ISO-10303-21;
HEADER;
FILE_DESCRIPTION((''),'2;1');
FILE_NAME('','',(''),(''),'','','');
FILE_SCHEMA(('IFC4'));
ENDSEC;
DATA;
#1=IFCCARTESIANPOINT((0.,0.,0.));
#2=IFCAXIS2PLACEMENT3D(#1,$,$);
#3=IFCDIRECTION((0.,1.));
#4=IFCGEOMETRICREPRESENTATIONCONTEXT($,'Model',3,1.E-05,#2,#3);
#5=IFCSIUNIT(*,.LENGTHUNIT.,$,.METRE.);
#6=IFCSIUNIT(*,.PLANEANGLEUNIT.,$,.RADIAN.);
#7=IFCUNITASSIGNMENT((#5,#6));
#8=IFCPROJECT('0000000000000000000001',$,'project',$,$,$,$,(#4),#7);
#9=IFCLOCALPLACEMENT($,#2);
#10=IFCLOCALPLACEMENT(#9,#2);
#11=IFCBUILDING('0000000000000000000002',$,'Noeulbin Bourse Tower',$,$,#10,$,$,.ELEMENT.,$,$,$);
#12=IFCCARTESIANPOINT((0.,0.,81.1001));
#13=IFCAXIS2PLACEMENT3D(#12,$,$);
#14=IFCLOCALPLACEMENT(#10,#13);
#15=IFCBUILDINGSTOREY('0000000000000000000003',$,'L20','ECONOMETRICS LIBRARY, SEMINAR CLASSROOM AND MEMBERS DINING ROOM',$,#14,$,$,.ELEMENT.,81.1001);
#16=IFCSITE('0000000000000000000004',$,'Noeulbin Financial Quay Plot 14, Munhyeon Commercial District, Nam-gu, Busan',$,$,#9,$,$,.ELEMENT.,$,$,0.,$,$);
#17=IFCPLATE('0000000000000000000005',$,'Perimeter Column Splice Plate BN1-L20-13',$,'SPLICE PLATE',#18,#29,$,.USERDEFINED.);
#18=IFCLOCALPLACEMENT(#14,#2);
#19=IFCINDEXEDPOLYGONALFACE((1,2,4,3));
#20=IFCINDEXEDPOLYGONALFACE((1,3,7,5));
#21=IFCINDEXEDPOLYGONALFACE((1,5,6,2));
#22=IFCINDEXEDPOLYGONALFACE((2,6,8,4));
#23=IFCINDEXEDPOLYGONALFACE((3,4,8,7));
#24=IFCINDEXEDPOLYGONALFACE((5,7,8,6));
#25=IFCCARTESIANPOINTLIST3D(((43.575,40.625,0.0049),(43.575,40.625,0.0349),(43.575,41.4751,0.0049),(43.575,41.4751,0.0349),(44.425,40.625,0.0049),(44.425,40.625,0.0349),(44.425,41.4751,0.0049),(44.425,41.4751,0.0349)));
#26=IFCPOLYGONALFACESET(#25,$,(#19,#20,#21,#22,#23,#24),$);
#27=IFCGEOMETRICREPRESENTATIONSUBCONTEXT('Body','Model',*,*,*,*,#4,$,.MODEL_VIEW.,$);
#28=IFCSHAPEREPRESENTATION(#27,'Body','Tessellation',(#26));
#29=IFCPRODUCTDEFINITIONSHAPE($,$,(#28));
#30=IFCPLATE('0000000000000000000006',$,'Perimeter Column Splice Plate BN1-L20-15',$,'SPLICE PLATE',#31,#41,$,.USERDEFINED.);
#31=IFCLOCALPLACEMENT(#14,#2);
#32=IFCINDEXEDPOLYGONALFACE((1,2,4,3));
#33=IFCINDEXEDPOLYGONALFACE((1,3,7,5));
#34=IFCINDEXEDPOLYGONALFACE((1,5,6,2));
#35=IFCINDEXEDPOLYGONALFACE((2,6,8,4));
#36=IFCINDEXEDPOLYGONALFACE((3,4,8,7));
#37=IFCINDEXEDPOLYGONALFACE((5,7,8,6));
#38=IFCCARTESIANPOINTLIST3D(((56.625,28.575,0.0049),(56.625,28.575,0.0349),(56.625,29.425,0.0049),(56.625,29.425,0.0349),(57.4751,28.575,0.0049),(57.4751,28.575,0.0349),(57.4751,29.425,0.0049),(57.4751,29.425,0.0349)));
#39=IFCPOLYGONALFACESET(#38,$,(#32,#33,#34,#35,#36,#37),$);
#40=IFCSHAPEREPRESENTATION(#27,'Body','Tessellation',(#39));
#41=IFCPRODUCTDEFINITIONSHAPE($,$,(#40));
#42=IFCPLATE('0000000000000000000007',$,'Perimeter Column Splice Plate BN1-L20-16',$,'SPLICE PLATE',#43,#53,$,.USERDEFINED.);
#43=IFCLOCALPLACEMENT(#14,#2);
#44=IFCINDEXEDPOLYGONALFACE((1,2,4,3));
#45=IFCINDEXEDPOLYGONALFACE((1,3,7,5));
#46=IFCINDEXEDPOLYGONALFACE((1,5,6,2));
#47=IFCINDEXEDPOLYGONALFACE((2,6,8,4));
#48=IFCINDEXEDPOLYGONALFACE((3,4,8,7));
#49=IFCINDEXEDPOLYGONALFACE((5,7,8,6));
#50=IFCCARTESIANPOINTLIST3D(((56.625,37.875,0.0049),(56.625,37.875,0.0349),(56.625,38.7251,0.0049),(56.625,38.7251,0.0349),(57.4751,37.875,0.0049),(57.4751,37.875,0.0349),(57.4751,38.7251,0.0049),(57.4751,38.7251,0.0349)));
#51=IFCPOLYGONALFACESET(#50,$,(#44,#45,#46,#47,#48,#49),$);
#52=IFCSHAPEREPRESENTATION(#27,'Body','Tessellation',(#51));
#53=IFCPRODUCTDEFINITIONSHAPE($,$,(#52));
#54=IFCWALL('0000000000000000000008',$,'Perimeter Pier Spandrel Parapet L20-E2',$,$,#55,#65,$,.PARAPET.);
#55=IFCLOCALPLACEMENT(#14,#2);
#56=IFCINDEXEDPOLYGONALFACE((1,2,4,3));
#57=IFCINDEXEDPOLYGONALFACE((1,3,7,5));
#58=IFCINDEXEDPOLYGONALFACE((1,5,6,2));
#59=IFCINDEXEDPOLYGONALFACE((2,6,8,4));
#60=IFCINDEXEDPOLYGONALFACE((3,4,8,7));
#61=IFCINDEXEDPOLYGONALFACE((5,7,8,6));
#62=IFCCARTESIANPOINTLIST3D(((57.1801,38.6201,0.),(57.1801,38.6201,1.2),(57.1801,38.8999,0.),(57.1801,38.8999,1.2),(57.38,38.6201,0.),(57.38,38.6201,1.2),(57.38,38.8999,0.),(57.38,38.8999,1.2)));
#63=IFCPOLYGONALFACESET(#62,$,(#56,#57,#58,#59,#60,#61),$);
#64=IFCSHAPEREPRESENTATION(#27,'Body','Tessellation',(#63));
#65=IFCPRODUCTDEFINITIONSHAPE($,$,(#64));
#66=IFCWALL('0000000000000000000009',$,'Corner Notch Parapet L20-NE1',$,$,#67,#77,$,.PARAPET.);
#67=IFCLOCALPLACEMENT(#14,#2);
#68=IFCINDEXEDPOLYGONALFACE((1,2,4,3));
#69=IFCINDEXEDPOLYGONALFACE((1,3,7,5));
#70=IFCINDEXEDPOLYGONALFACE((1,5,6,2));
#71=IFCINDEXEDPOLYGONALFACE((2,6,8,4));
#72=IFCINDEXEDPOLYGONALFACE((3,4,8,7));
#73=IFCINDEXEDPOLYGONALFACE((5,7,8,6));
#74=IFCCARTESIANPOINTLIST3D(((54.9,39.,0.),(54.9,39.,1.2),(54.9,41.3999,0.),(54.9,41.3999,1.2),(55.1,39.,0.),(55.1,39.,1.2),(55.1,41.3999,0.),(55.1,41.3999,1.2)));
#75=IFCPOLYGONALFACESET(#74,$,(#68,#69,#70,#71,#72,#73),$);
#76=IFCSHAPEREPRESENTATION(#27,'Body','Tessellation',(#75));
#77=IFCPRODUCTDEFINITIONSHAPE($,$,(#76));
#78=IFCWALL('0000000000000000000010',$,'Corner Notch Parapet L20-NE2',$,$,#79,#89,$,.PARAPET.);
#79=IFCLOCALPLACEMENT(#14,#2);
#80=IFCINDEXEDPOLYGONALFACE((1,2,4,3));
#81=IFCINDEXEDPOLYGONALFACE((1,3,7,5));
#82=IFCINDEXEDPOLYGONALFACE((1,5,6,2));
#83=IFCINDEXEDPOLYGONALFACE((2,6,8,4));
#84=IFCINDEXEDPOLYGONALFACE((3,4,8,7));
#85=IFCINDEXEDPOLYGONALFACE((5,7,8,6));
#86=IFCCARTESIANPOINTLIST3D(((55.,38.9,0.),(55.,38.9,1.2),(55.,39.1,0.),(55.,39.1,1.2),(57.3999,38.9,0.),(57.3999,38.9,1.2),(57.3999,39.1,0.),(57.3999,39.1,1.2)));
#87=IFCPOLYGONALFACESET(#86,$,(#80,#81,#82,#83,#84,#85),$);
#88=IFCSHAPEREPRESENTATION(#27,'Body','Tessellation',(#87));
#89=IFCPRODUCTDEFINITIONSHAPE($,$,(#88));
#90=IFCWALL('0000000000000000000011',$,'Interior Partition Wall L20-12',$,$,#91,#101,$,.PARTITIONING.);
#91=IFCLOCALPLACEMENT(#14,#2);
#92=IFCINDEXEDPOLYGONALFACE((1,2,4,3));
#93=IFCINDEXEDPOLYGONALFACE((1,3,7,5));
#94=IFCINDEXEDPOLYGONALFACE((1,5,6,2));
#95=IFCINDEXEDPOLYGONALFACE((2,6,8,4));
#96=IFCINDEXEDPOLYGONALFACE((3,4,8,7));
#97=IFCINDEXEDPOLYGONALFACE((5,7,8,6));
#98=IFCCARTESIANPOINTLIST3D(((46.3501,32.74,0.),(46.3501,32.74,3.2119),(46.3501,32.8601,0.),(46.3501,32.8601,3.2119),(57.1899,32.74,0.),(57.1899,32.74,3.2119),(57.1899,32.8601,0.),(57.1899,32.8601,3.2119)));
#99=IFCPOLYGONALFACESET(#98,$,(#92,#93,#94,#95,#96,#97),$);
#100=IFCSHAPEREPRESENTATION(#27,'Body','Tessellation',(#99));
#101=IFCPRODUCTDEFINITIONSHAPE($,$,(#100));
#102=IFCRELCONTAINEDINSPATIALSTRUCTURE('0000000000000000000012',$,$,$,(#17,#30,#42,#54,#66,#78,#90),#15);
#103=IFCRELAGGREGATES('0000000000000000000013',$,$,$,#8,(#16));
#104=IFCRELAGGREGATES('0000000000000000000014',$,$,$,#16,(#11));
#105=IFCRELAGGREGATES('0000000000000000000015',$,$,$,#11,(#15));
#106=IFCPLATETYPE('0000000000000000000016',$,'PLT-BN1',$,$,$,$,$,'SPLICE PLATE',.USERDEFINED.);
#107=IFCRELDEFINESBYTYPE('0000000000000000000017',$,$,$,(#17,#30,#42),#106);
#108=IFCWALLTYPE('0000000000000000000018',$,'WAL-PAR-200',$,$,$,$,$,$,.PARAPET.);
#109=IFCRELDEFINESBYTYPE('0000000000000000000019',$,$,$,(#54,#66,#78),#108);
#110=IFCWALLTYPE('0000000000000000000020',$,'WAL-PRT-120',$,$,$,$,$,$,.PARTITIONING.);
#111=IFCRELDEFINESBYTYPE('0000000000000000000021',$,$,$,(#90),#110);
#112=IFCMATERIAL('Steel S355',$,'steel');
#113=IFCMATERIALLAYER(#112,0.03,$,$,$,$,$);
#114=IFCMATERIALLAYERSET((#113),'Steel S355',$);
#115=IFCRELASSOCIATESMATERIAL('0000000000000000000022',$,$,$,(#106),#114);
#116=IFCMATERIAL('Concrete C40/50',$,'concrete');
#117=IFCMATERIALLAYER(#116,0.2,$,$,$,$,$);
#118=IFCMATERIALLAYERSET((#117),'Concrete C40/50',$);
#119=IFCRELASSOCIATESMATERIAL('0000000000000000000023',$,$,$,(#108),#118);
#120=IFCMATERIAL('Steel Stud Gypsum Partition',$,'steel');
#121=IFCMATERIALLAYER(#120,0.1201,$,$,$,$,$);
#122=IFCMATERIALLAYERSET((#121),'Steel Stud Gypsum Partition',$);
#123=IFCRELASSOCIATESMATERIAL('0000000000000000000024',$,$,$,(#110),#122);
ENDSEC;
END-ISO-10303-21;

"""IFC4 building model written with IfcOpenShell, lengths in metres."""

from ifc_helpers import new_model, si_unit, direction, frame, frame_2d, origin, origin_2d, place, context, subcontext, project, spatial, rectangle, extrude, material, layer, layer_set, type_object, element, save


model = new_model("IFC4")

# Units and contexts
model_context = context("Model", 3, precision=1e-05, world=origin(), true_north=direction((0.0, 1.0)))
body_context = subcontext(model_context, "Body", "Model", "MODEL_VIEW")
ifc_project = project(units=[si_unit("LENGTHUNIT", "METRE"), si_unit("PLANEANGLEUNIT", "RADIAN")], contexts=[model_context])

# Site, building, storey
site_placement = place(None, origin())
site = spatial("IfcSite", under=ifc_project, at=site_placement, Name="Noeulbin Financial Quay Plot 14, Munhyeon Commercial District, Nam-gu, Busan", CompositionType="ELEMENT", RefElevation=0.0)
building_placement = place(site_placement, origin())
building = spatial("IfcBuilding", under=site, at=building_placement, Name="Noeulbin Bourse Tower", CompositionType="ELEMENT")
storey_placement = place(building_placement, frame((0.0, 0.0, 81.1001)))
storey = spatial("IfcBuildingStorey", under=building, at=storey_placement, Name="L20", Description="ECONOMETRICS LIBRARY, SEMINAR CLASSROOM AND MEMBERS DINING ROOM", CompositionType="ELEMENT", Elevation=81.1001)

# Shared definitions
ifc_material_1 = material(Name="Steel S355", Category="steel")

# Plates
ifc_layer_1 = layer(ifc_material_1, 0.03)
ifc_layer_set_1 = layer_set([ifc_layer_1], Name="Steel S355")
plate_type_1 = type_object("IfcPlateType", Name="PLT-BN1", ElementType="SPLICE PLATE", PredefinedType="USERDEFINED", material=ifc_layer_set_1)
for number, where, z_axis, x_axis, name in (
    (1, (44.0, 41.05, 0.0049), (0.0, 0.0, 1.0), (1.0, 0.0, 0.0), "Perimeter Column Splice Plate BN1-L20-13"),
    (2, (57.05, 29.0, 0.0049), (0.0, 0.0, 1.0), (1.0, 0.0, 0.0), "Perimeter Column Splice Plate BN1-L20-15"),
    (3, (57.05, 38.3, 0.0049), (0.0, 0.0, 1.0), (1.0, 0.0, 0.0), "Perimeter Column Splice Plate BN1-L20-16"),
):
    element("IfcPlate", number, at=place(storey_placement, frame(where, z_axis=z_axis, x_axis=x_axis)), inside=storey, type_object=plate_type_1, Name=name, ObjectType="SPLICE PLATE", PredefinedType="USERDEFINED", context=body_context, shape_type="SweptSolid", body=[
        extrude(rectangle(XDim=0.8501, YDim=0.8501, at=origin_2d()), origin(), (0.0, 0.0, 1.0), 0.03),
    ])

# Walls
ifc_material_2 = material(Name="Concrete C40/50", Category="concrete")
ifc_layer_2 = layer(ifc_material_2, 0.2)
ifc_layer_set_2 = layer_set([ifc_layer_2], Name="Concrete C40/50")
wall_type_1 = type_object("IfcWallType", Name="WAL-PAR-200", PredefinedType="PARAPET", material=ifc_layer_set_2)
wall_1_placement = place(storey_placement, frame((57.28, 38.6201, 0.0), z_axis=(0.0, 0.0, 1.0), x_axis=(0.0, 1.0, 0.0)))
element("IfcWall", 4, at=wall_1_placement, inside=storey, type_object=wall_type_1, Name="Perimeter Pier Spandrel Parapet L20-E2", PredefinedType="PARAPET", context=body_context, shape_type="SweptSolid", body=[
    extrude(rectangle(XDim=0.2798, YDim=0.2, at=frame_2d((0.1399, 0.0))), origin(), (0.0, 0.0, 1.0), 1.2),
])
for number, where, z_axis, x_axis, name in (
    (5, (55.0, 41.3999, 0.0), (0.0, 0.0, 1.0), (0.0, -1.0, 0.0), "Corner Notch Parapet L20-NE1"),
    (6, (55.0, 39.0, 0.0), (0.0, 0.0, 1.0), (1.0, 0.0, 0.0), "Corner Notch Parapet L20-NE2"),
):
    element("IfcWall", number, at=place(storey_placement, frame(where, z_axis=z_axis, x_axis=x_axis)), inside=storey, type_object=wall_type_1, Name=name, PredefinedType="PARAPET", context=body_context, shape_type="SweptSolid", body=[
        extrude(rectangle(XDim=2.3999, YDim=0.2, at=frame_2d((1.2, 0.0))), origin(), (0.0, 0.0, 1.0), 1.2),
    ])
ifc_material_3 = material(Name="Steel Stud Gypsum Partition", Category="steel")
ifc_layer_3 = layer(ifc_material_3, 0.1201)
ifc_layer_set_3 = layer_set([ifc_layer_3], Name="Steel Stud Gypsum Partition")
wall_type_2 = type_object("IfcWallType", Name="WAL-PRT-120", PredefinedType="PARTITIONING", material=ifc_layer_set_3)
wall_2_placement = place(storey_placement, frame((46.3501, 32.8, 0.0), z_axis=(0.0, 0.0, 1.0), x_axis=(1.0, 0.0, 0.0)))
element("IfcWall", 7, at=wall_2_placement, inside=storey, type_object=wall_type_2, Name="Interior Partition Wall L20-12", PredefinedType="PARTITIONING", context=body_context, shape_type="SweptSolid", body=[
    extrude(rectangle(XDim=10.8398, YDim=0.1201, at=frame_2d((5.4199, 0.0))), origin(), (0.0, 0.0, 1.0), 3.2119),
])

save(model, "model.ifc")
